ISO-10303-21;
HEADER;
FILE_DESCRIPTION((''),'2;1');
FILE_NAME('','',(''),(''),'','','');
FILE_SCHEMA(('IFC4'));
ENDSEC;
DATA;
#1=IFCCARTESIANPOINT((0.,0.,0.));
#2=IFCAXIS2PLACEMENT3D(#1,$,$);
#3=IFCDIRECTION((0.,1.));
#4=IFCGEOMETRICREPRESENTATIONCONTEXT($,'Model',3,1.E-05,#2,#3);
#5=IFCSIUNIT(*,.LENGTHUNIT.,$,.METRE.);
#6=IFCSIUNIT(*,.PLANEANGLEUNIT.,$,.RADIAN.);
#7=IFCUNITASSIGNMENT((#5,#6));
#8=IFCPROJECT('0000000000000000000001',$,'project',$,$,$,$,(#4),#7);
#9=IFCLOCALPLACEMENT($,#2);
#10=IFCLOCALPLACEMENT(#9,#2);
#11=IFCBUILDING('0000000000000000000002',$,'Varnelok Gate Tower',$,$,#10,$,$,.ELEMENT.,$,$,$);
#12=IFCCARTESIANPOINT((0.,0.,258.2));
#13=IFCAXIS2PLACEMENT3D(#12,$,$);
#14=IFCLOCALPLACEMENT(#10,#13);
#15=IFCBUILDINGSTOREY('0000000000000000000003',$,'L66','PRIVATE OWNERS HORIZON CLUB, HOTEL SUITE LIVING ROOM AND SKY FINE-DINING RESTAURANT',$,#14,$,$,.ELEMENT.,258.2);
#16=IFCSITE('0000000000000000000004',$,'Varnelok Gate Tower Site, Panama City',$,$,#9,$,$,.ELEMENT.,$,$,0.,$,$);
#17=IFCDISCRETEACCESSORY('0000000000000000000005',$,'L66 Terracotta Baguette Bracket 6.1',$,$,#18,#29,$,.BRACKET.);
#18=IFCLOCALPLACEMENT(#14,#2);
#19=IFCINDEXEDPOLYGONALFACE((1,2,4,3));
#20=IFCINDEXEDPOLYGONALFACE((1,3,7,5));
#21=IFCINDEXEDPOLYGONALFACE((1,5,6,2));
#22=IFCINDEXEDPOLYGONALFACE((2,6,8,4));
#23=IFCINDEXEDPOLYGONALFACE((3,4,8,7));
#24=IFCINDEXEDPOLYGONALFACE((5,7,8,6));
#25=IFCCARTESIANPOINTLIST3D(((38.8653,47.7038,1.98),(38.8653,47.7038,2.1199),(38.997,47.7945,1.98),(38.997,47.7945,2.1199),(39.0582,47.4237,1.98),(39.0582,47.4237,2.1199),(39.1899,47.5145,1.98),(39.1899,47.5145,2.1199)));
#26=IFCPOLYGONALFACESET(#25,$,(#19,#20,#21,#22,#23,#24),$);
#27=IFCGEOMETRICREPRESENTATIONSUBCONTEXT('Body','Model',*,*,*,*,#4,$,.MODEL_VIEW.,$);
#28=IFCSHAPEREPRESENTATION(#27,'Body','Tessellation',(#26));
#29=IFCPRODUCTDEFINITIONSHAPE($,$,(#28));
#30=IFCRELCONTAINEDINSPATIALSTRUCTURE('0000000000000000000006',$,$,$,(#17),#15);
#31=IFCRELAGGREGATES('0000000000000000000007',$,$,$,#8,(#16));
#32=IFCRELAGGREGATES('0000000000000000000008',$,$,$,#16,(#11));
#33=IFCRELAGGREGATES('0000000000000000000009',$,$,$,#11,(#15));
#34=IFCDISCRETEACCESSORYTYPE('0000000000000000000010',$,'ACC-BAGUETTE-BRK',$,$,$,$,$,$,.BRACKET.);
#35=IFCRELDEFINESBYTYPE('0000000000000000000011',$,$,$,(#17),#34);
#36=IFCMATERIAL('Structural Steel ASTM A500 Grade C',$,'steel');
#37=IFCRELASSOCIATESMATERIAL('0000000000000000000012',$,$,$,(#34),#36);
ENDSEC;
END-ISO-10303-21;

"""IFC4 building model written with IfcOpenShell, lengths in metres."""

from ifc_helpers import new_model, si_unit, direction, frame, origin, origin_2d, place, context, subcontext, project, spatial, rectangle, extrude, source, transform, mapped, material, type_object, element, save


model = new_model("IFC4")

# Units and contexts
model_context = context("Model", 3, precision=1e-05, world=origin(), true_north=direction((0.0, 1.0)))
body_context = subcontext(model_context, "Body", "Model", "MODEL_VIEW")
ifc_project = project(units=[si_unit("LENGTHUNIT", "METRE"), si_unit("PLANEANGLEUNIT", "RADIAN")], contexts=[model_context])

# Site, building, storey
site_placement = place(None, origin())
site = spatial("IfcSite", under=ifc_project, at=site_placement, Name="Varnelok Gate Tower Site, Panama City", CompositionType="ELEMENT", RefElevation=0.0)
building_placement = place(site_placement, origin())
building = spatial("IfcBuilding", under=site, at=building_placement, Name="Varnelok Gate Tower", CompositionType="ELEMENT")
storey_placement = place(building_placement, frame((0.0, 0.0, 258.2)))
storey = spatial("IfcBuildingStorey", under=building, at=storey_placement, Name="L66", Description="PRIVATE OWNERS HORIZON CLUB, HOTEL SUITE LIVING ROOM AND SKY FINE-DINING RESTAURANT", CompositionType="ELEMENT", Elevation=258.2)

# Discrete accessory
ifc_material_1 = material(Name="Structural Steel ASTM A500 Grade C", Category="steel")
discrete_accessory_type = type_object("IfcDiscreteAccessoryType", Name="ACC-BAGUETTE-BRK", PredefinedType="BRACKET", material=ifc_material_1)
shared_shape_1 = source(origin(), body_context, "Body", "SweptSolid", [
    extrude(rectangle(XDim=0.1599, YDim=0.3401, at=origin_2d()), origin(), (0.0, 0.0, 1.0), 0.1399),
])
discrete_accessory_placement = place(storey_placement, frame((39.0276, 47.6091, 1.98), z_axis=(0.0, 0.0, 1.0), x_axis=(0.823533, 0.567269, 0.0)))
element("IfcDiscreteAccessory", 1, at=discrete_accessory_placement, inside=storey, type_object=discrete_accessory_type, Name="L66 Terracotta Baguette Bracket 6.1", PredefinedType="BRACKET", context=body_context, shape_type="MappedRepresentation", body=[
    mapped(shared_shape_1, transform((0.0, 0.0, 0.0), scale=1.0)),
])

save(model, "model.ifc")
